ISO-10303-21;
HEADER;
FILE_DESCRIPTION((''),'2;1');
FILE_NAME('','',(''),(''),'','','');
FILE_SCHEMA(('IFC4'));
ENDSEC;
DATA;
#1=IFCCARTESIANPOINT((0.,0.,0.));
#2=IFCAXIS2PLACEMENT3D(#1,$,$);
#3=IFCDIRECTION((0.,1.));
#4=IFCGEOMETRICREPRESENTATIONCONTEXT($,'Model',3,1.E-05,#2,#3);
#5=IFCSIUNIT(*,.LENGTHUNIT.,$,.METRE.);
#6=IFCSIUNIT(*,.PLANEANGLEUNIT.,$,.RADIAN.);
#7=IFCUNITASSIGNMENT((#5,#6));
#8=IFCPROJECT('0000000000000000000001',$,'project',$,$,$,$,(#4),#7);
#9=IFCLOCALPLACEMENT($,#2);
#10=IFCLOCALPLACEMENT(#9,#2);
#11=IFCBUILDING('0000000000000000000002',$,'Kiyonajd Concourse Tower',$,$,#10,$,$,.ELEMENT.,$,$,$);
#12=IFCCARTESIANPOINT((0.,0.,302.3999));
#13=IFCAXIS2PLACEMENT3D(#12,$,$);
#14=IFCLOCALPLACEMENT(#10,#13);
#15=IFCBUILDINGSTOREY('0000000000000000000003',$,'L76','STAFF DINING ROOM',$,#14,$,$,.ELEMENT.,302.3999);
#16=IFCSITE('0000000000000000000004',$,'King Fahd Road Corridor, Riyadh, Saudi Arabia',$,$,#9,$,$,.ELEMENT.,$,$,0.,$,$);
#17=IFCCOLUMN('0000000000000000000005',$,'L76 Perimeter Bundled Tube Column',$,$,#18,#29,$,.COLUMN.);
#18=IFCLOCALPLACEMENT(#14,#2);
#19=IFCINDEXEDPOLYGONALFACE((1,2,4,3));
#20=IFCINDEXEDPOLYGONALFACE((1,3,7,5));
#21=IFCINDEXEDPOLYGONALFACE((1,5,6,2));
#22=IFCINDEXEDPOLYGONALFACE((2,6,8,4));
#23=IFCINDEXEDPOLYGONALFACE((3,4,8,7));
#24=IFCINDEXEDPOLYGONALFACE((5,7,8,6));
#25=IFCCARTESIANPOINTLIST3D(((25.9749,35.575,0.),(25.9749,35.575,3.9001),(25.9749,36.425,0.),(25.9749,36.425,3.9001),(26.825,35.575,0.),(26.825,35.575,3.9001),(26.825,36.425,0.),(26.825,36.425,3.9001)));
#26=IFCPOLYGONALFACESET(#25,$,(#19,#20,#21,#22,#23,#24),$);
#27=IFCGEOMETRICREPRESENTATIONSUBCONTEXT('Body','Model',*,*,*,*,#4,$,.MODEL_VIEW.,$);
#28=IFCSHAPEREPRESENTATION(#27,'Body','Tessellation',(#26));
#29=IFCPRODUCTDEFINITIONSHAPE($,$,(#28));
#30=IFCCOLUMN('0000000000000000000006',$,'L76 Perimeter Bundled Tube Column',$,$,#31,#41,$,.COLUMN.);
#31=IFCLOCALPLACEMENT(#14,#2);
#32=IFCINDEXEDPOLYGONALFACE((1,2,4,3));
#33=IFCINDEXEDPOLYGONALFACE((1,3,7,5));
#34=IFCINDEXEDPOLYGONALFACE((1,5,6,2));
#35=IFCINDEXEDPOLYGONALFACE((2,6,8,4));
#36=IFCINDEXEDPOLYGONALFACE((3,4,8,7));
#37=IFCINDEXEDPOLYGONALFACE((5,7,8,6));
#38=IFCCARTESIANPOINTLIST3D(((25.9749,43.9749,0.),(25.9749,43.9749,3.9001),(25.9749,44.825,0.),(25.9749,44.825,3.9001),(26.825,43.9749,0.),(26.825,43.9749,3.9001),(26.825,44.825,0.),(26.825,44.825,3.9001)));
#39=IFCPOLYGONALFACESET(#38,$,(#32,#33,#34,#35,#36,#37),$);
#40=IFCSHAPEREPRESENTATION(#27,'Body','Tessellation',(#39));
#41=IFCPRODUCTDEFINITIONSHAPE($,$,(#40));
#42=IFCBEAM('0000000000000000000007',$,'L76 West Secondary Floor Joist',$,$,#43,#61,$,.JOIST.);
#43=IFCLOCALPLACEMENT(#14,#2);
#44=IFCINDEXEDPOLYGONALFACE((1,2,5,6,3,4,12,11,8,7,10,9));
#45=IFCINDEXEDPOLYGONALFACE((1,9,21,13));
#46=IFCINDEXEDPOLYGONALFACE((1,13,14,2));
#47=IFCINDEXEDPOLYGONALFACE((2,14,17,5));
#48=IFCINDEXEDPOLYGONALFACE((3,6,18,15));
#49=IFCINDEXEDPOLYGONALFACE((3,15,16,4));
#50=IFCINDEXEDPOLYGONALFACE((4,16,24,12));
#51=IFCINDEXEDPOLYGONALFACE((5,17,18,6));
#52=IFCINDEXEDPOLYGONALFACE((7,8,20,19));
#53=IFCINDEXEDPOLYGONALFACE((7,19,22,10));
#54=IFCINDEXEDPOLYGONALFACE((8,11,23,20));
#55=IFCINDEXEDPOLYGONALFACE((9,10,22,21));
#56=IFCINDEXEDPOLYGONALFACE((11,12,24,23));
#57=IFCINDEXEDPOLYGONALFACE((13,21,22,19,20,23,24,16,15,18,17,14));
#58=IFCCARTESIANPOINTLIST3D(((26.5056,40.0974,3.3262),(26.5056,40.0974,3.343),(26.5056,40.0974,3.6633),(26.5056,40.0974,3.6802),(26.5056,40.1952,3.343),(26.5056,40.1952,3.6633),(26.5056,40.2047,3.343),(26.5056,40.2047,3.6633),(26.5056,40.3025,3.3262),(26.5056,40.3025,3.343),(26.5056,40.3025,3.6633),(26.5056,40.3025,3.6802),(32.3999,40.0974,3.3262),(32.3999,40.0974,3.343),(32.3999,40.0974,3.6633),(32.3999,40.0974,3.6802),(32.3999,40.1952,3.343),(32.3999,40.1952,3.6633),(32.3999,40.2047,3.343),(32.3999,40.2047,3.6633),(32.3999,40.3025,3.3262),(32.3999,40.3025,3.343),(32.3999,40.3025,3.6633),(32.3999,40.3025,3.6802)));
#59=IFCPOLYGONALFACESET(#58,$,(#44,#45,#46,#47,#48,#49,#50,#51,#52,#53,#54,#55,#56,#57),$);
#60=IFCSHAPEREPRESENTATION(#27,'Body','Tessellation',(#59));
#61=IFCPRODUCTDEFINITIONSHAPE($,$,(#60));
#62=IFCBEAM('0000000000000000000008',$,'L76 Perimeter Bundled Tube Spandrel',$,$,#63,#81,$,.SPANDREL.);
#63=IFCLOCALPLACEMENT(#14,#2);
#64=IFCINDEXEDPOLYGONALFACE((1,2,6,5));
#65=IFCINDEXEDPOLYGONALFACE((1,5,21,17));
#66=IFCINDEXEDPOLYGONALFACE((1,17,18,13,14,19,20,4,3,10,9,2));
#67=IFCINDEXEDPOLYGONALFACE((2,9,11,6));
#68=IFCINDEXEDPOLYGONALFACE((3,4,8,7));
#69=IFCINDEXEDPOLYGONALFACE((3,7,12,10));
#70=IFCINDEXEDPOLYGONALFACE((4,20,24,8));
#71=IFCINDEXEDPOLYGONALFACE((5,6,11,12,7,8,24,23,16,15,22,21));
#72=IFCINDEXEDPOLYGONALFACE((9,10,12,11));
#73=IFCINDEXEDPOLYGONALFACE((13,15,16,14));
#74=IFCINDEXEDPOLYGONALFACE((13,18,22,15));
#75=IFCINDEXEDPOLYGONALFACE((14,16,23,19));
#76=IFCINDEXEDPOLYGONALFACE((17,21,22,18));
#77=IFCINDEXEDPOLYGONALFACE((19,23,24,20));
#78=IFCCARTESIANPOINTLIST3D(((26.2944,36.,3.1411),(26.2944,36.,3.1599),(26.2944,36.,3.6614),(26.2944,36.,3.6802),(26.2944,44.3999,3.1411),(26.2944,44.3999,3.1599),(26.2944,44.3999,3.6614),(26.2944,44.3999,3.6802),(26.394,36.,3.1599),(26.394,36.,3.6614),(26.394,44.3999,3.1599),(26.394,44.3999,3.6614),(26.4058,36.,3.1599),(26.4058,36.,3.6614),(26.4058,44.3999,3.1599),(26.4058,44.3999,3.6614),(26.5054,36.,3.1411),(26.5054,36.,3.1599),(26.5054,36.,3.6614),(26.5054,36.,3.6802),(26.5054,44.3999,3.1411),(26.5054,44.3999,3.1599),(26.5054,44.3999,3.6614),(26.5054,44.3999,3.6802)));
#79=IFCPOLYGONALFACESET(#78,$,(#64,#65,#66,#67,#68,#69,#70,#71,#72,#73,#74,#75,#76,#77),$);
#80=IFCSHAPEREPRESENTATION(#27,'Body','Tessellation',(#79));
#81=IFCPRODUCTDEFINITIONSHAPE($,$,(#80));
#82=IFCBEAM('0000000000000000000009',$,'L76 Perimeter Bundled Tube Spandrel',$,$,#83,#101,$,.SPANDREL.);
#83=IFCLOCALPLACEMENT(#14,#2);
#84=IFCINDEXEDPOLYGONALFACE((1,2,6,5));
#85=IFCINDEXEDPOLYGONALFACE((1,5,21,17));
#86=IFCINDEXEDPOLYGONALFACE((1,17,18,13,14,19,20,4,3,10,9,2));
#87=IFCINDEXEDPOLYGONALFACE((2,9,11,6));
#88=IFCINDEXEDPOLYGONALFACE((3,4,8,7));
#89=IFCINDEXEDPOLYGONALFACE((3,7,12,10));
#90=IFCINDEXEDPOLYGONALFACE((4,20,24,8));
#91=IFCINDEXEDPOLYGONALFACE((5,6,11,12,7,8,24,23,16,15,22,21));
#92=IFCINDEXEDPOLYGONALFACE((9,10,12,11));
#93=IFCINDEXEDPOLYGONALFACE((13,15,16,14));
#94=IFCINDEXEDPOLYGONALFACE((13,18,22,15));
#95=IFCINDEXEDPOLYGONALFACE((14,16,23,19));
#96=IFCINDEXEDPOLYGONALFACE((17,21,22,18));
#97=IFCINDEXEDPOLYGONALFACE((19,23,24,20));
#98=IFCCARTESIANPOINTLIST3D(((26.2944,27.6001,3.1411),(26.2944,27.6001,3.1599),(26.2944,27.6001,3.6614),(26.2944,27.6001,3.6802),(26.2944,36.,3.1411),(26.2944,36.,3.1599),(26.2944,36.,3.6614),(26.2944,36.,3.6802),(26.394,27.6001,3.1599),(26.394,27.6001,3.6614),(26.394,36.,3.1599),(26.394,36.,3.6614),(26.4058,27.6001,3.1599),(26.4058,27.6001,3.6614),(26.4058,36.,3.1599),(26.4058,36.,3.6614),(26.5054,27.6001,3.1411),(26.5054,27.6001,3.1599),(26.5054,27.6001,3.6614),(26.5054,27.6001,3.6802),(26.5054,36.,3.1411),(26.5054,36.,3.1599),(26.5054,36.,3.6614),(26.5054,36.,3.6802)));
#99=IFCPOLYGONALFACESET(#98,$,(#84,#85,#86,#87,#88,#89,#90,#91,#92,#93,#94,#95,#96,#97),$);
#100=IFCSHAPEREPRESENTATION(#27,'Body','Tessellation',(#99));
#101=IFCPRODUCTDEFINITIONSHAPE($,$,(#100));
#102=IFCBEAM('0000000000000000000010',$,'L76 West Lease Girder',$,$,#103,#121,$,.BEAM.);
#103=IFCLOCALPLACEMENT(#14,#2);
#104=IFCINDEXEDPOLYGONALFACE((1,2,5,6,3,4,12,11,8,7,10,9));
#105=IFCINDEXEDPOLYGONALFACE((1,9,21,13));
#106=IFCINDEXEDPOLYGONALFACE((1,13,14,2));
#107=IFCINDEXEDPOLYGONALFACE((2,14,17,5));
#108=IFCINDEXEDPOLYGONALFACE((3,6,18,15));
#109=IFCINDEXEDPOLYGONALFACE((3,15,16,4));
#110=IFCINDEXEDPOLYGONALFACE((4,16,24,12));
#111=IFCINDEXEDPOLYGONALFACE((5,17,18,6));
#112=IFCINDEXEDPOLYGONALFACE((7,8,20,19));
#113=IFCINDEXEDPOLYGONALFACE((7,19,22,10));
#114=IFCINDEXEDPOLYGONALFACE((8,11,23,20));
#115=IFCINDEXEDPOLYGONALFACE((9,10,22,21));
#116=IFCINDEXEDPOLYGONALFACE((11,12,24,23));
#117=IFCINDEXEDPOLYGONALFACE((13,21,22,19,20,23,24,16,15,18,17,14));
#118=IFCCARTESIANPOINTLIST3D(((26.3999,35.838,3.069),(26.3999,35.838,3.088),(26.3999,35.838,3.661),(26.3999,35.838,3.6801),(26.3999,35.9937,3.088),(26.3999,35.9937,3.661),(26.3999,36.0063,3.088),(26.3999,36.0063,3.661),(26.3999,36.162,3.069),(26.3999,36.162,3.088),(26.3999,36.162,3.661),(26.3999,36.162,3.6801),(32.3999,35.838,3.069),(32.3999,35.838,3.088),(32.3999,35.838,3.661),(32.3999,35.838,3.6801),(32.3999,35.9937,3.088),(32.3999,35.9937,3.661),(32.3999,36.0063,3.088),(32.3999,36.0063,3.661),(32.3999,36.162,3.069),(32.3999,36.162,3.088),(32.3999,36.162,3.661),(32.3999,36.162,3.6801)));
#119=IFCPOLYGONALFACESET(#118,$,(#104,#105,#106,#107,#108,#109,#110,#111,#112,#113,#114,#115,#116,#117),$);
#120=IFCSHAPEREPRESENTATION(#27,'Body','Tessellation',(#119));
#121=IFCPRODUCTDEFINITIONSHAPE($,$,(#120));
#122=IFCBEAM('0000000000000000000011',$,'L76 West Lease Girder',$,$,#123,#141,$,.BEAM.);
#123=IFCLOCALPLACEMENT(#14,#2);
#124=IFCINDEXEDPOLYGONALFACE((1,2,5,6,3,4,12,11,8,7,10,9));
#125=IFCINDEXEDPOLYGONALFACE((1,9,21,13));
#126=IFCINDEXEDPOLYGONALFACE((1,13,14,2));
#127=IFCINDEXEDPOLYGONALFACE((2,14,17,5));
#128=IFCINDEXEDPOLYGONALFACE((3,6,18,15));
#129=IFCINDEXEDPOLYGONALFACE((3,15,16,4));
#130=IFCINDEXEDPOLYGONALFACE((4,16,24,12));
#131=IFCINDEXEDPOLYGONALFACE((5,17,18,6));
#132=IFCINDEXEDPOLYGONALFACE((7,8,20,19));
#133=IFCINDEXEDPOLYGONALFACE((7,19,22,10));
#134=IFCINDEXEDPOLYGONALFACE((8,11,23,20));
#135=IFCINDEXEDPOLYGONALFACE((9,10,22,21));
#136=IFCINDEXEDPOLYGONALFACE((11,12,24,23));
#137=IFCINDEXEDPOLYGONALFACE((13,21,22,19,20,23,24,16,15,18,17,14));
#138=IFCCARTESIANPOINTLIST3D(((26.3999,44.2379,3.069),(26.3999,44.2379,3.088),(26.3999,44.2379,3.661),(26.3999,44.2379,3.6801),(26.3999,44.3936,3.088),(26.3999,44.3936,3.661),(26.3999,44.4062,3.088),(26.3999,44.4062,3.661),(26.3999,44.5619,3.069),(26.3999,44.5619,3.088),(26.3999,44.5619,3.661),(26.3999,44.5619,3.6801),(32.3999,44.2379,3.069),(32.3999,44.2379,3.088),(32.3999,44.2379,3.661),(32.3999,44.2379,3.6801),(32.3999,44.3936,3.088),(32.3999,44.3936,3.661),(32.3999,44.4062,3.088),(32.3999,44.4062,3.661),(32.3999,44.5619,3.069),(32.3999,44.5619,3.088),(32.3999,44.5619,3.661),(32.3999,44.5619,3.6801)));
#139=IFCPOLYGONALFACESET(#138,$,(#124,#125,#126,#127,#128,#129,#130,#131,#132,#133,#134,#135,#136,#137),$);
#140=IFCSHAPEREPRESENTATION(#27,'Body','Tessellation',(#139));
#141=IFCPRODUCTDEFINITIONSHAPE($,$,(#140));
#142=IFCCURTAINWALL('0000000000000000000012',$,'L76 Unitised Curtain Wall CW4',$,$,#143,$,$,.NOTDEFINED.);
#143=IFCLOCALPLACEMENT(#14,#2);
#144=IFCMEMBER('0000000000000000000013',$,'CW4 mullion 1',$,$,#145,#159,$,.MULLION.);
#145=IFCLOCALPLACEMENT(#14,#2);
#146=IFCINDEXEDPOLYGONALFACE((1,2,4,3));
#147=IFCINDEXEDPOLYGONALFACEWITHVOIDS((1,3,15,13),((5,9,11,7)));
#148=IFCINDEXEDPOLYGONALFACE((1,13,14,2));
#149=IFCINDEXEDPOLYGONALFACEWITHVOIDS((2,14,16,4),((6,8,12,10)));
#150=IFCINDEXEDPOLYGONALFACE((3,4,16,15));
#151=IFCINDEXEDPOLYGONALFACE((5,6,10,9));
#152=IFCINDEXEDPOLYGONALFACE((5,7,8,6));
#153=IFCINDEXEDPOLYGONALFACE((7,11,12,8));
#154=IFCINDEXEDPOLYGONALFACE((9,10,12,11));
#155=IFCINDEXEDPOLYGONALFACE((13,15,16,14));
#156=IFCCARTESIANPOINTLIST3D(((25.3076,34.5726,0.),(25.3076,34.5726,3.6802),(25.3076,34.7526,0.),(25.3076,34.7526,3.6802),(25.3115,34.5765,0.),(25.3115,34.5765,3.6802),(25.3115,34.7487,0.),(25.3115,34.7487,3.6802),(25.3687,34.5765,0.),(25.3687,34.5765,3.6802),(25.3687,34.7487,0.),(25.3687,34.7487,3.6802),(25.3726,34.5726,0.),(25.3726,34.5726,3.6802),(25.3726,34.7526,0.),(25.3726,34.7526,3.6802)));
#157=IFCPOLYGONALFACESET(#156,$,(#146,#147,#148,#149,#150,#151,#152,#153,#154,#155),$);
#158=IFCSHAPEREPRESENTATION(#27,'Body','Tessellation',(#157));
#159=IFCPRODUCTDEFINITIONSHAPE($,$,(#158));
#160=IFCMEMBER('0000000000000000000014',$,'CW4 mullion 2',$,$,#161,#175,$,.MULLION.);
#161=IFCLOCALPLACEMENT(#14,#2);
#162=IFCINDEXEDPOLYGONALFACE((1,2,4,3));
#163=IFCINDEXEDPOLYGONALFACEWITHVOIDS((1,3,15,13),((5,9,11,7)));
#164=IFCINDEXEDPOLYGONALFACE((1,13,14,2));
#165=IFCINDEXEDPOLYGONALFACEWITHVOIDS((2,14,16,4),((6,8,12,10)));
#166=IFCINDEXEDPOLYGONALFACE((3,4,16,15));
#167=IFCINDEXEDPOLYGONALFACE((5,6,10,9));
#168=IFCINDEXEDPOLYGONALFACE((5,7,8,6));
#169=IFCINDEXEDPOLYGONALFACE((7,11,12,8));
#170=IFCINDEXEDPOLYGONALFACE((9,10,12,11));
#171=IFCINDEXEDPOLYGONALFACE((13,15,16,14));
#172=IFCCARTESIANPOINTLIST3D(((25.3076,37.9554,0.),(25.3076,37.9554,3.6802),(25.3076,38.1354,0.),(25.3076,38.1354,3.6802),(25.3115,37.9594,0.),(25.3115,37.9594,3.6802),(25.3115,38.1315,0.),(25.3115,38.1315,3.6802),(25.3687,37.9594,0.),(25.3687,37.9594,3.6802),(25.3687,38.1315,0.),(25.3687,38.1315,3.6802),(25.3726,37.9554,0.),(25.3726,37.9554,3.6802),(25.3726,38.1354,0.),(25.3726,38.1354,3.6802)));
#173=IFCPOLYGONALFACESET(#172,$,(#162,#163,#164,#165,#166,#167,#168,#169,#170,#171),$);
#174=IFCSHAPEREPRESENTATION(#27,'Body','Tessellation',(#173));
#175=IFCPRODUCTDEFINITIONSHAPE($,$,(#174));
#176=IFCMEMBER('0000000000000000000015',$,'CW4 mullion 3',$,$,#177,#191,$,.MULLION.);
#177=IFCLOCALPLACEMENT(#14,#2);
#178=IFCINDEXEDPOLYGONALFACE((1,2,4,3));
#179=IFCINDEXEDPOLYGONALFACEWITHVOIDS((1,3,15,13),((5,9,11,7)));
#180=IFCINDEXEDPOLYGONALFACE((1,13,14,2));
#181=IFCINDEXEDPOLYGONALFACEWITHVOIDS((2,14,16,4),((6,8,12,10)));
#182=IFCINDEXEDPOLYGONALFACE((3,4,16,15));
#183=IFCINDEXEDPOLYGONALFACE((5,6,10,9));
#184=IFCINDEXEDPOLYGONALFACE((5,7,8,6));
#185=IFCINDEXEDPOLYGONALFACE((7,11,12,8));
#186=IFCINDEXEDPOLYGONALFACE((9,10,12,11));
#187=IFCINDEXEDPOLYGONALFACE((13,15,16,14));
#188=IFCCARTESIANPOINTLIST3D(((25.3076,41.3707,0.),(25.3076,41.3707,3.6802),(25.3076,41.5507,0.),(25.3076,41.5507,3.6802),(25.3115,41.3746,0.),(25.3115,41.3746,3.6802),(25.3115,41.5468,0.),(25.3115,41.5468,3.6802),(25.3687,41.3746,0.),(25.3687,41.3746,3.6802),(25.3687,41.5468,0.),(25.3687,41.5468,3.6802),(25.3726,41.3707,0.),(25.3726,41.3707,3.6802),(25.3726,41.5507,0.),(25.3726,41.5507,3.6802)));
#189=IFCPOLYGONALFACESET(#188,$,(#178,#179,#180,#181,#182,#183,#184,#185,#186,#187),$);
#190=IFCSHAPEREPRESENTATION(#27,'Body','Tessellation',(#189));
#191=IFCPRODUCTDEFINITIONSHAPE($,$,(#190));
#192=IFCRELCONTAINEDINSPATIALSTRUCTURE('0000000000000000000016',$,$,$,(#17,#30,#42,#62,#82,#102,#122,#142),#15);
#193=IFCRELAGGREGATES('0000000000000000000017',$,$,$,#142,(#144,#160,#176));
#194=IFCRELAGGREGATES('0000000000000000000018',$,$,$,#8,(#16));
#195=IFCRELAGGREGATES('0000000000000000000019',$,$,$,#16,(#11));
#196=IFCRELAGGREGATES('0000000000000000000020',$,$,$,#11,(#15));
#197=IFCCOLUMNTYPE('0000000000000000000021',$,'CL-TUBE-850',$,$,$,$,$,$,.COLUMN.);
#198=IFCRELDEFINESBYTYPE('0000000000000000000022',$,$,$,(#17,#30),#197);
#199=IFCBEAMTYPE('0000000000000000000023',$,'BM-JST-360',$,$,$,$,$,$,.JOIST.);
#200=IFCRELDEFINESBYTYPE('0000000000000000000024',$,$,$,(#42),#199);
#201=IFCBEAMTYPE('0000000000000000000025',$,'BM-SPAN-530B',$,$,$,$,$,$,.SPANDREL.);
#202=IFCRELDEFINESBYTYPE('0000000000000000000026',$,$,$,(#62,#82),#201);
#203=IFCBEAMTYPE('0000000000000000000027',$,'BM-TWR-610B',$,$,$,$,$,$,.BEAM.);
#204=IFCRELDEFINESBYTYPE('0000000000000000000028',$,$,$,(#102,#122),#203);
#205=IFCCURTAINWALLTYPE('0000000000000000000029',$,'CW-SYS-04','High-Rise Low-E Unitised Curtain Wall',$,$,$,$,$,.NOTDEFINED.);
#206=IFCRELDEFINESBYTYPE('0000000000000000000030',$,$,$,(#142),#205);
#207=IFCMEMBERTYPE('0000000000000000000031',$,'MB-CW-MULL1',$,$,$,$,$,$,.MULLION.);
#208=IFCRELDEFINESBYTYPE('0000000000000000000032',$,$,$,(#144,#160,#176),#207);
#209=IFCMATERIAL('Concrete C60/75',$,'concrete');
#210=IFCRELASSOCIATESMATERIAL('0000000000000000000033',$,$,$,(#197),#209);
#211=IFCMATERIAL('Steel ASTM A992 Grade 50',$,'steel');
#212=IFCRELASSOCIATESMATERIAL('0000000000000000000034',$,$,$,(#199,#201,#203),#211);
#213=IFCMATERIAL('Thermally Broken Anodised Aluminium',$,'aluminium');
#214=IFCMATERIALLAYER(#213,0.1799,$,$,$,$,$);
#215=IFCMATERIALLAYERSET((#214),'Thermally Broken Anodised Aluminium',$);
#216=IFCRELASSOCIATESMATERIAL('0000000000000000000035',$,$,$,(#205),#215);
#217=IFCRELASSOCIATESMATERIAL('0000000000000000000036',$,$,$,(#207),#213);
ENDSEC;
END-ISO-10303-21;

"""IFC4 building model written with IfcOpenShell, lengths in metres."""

from ifc_helpers import new_model, si_unit, direction, frame, origin, origin_2d, place, context, subcontext, project, spatial, rectangle, hollow_rectangle, i_section, extrude, material, layer, layer_set, material_profile, profile_set, type_object, element, aggregate, save


model = new_model("IFC4")

# Units and contexts
model_context = context("Model", 3, precision=1e-05, world=origin(), true_north=direction((0.0, 1.0)))
body_context = subcontext(model_context, "Body", "Model", "MODEL_VIEW")
ifc_project = project(units=[si_unit("LENGTHUNIT", "METRE"), si_unit("PLANEANGLEUNIT", "RADIAN")], contexts=[model_context])

# Site, building, storey
site_placement = place(None, origin())
site = spatial("IfcSite", under=ifc_project, at=site_placement, Name="King Fahd Road Corridor, Riyadh, Saudi Arabia", CompositionType="ELEMENT", RefElevation=0.0)
building_placement = place(site_placement, origin())
building = spatial("IfcBuilding", under=site, at=building_placement, Name="Kiyonajd Concourse Tower", CompositionType="ELEMENT")
storey_placement = place(building_placement, frame((0.0, 0.0, 302.3999)))
storey = spatial("IfcBuildingStorey", under=building, at=storey_placement, Name="L76", Description="STAFF DINING ROOM", CompositionType="ELEMENT", Elevation=302.3999)

# Columns
ifc_material_1 = material(Name="Concrete C60/75", Category="concrete")
ifc_material_profile_1 = material_profile(ifc_material_1, rectangle(XDim=0.8501, YDim=0.8501, at=origin_2d()), Name="RC-850x850")
ifc_profile_set_1 = profile_set([ifc_material_profile_1], Name="Concrete C60/75")
column_type = type_object("IfcColumnType", Name="CL-TUBE-850", PredefinedType="COLUMN", material=ifc_profile_set_1)
for number, where, z_axis, x_axis, name in (
    (1, (26.3999, 36.0, 0.0), (0.0, 0.0, 1.0), (1.0, 0.0, 0.0), "L76 Perimeter Bundled Tube Column"),
    (2, (26.3999, 44.3999, 0.0), (0.0, 0.0, 1.0), (1.0, 0.0, 0.0), "L76 Perimeter Bundled Tube Column"),
):
    element("IfcColumn", number, at=place(storey_placement, frame(where, z_axis=z_axis, x_axis=x_axis)), inside=storey, type_object=column_type, Name=name, PredefinedType="COLUMN", context=body_context, shape_type="SweptSolid", body=[
        extrude(rectangle(XDim=0.8501, YDim=0.8501, at=origin_2d()), origin(), (0.0, 0.0, 1.0), 3.9001),
    ])

# Beams
ifc_material_2 = material(Name="Steel ASTM A992 Grade 50", Category="steel")
ifc_material_profile_2 = material_profile(ifc_material_2, i_section(OverallWidth=0.2051, OverallDepth=0.354, WebThickness=0.0095, FlangeThickness=0.0168, at=origin_2d()), Name="W360X79")
ifc_profile_set_2 = profile_set([ifc_material_profile_2], Name="Steel ASTM A992 Grade 50")
beam_type_1 = type_object("IfcBeamType", Name="BM-JST-360", PredefinedType="JOIST", material=ifc_profile_set_2)
beam_placement = place(storey_placement, frame((26.5056, 40.2, 3.5032), z_axis=(1.0, 0.0, 0.0), x_axis=(0.0, 1.0, 0.0)))
element("IfcBeam", 3, at=beam_placement, inside=storey, type_object=beam_type_1, Name="L76 West Secondary Floor Joist", PredefinedType="JOIST", context=body_context, shape_type="SweptSolid", body=[
    extrude(i_section(OverallWidth=0.2051, OverallDepth=0.354, WebThickness=0.0095, FlangeThickness=0.0168, at=origin_2d()), origin(), (0.0, 0.0, 1.0), 5.8943),
])
ifc_material_profile_3 = material_profile(ifc_material_2, i_section(OverallWidth=0.2109, OverallDepth=0.5391, WebThickness=0.0117, FlangeThickness=0.0188, at=origin_2d()), Name="W530X109")
ifc_profile_set_3 = profile_set([ifc_material_profile_3], Name="Steel ASTM A992 Grade 50")
beam_type_2 = type_object("IfcBeamType", Name="BM-SPAN-530B", PredefinedType="SPANDREL", material=ifc_profile_set_3)
for number, where, z_axis, x_axis, name in (
    (4, (26.3999, 44.3999, 3.4106), (0.0, -1.0, 0.0), (1.0, 0.0, 0.0), "L76 Perimeter Bundled Tube Spandrel"),
    (5, (26.3999, 36.0, 3.4106), (0.0, -1.0, 0.0), (1.0, 0.0, 0.0), "L76 Perimeter Bundled Tube Spandrel"),
):
    element("IfcBeam", number, at=place(storey_placement, frame(where, z_axis=z_axis, x_axis=x_axis)), inside=storey, type_object=beam_type_2, Name=name, PredefinedType="SPANDREL", context=body_context, shape_type="SweptSolid", body=[
        extrude(i_section(OverallWidth=0.2109, OverallDepth=0.5391, WebThickness=0.0117, FlangeThickness=0.0188, at=origin_2d()), origin(), (0.0, 0.0, 1.0), 8.3999),
    ])
ifc_material_profile_4 = material_profile(ifc_material_2, i_section(OverallWidth=0.324, OverallDepth=0.6111, WebThickness=0.0127, FlangeThickness=0.019, at=origin_2d()), Name="W610X155")
ifc_profile_set_4 = profile_set([ifc_material_profile_4], Name="Steel ASTM A992 Grade 50")
beam_type_3 = type_object("IfcBeamType", Name="BM-TWR-610B", PredefinedType="BEAM", material=ifc_profile_set_4)
for number, where, z_axis, x_axis, name in (
    (6, (26.3999, 36.0, 3.3745), (1.0, 0.0, 0.0), (0.0, 1.0, 0.0), "L76 West Lease Girder"),
    (7, (26.3999, 44.3999, 3.3745), (1.0, 0.0, 0.0), (0.0, 1.0, 0.0), "L76 West Lease Girder"),
):
    element("IfcBeam", number, at=place(storey_placement, frame(where, z_axis=z_axis, x_axis=x_axis)), inside=storey, type_object=beam_type_3, Name=name, PredefinedType="BEAM", context=body_context, shape_type="SweptSolid", body=[
        extrude(i_section(OverallWidth=0.324, OverallDepth=0.6111, WebThickness=0.0127, FlangeThickness=0.019, at=origin_2d()), origin(), (0.0, 0.0, 1.0), 6.0),
    ])

# Curtain wall, members
ifc_material_3 = material(Name="Thermally Broken Anodised Aluminium", Category="aluminium")
ifc_layer_1 = layer(ifc_material_3, 0.1799)
ifc_layer_set_1 = layer_set([ifc_layer_1], Name="Thermally Broken Anodised Aluminium")
curtain_wall_type = type_object("IfcCurtainWallType", Name="CW-SYS-04", Description="High-Rise Low-E Unitised Curtain Wall", PredefinedType="NOTDEFINED", material=ifc_layer_set_1)
curtain_wall_placement = place(storey_placement, origin())
curtain_wall = element("IfcCurtainWall", 8, at=curtain_wall_placement, inside=storey, type_object=curtain_wall_type, Name="L76 Unitised Curtain Wall CW4", PredefinedType="NOTDEFINED")
ifc_material_profile_5 = material_profile(ifc_material_3, hollow_rectangle(XDim=0.0649, YDim=0.1799, WallThickness=0.0039, at=origin_2d()), Name="MULL-65x180")
ifc_profile_set_5 = profile_set([ifc_material_profile_5], Name="Thermally Broken Anodised Aluminium")
member_type_1 = type_object("IfcMemberType", Name="MB-CW-MULL1", PredefinedType="MULLION", material=ifc_profile_set_5)
member_1_placement = place(storey_placement, frame((25.3401, 34.6626, 0.0), z_axis=(0.0, 0.0, 1.0), x_axis=(-1.0, 0.0, 0.0)))
member_1 = element("IfcMember", 9, at=member_1_placement, type_object=member_type_1, Name="CW4 mullion 1", PredefinedType="MULLION", context=body_context, shape_type="SweptSolid", body=[
    extrude(hollow_rectangle(XDim=0.0649, YDim=0.1799, WallThickness=0.0039, at=origin_2d()), origin(), (0.0, 0.0, 1.0), 3.6802),
])
member_2_placement = place(storey_placement, frame((25.3401, 38.0454, 0.0), z_axis=(0.0, 0.0, 1.0), x_axis=(-1.0, 0.0, 0.0)))
member_2 = element("IfcMember", 10, at=member_2_placement, type_object=member_type_1, Name="CW4 mullion 2", PredefinedType="MULLION", context=body_context, shape_type="SweptSolid", body=[
    extrude(hollow_rectangle(XDim=0.0649, YDim=0.1799, WallThickness=0.0039, at=origin_2d()), origin(), (0.0, 0.0, 1.0), 3.6802),
])
member_3_placement = place(storey_placement, frame((25.3401, 41.4607, 0.0), z_axis=(0.0, 0.0, 1.0), x_axis=(-1.0, 0.0, 0.0)))
member_3 = element("IfcMember", 11, at=member_3_placement, type_object=member_type_1, Name="CW4 mullion 3", PredefinedType="MULLION", context=body_context, shape_type="SweptSolid", body=[
    extrude(hollow_rectangle(XDim=0.0649, YDim=0.1799, WallThickness=0.0039, at=origin_2d()), origin(), (0.0, 0.0, 1.0), 3.6802),
])

aggregate(curtain_wall, [member_1, member_2, member_3])

save(model, "model.ifc")
